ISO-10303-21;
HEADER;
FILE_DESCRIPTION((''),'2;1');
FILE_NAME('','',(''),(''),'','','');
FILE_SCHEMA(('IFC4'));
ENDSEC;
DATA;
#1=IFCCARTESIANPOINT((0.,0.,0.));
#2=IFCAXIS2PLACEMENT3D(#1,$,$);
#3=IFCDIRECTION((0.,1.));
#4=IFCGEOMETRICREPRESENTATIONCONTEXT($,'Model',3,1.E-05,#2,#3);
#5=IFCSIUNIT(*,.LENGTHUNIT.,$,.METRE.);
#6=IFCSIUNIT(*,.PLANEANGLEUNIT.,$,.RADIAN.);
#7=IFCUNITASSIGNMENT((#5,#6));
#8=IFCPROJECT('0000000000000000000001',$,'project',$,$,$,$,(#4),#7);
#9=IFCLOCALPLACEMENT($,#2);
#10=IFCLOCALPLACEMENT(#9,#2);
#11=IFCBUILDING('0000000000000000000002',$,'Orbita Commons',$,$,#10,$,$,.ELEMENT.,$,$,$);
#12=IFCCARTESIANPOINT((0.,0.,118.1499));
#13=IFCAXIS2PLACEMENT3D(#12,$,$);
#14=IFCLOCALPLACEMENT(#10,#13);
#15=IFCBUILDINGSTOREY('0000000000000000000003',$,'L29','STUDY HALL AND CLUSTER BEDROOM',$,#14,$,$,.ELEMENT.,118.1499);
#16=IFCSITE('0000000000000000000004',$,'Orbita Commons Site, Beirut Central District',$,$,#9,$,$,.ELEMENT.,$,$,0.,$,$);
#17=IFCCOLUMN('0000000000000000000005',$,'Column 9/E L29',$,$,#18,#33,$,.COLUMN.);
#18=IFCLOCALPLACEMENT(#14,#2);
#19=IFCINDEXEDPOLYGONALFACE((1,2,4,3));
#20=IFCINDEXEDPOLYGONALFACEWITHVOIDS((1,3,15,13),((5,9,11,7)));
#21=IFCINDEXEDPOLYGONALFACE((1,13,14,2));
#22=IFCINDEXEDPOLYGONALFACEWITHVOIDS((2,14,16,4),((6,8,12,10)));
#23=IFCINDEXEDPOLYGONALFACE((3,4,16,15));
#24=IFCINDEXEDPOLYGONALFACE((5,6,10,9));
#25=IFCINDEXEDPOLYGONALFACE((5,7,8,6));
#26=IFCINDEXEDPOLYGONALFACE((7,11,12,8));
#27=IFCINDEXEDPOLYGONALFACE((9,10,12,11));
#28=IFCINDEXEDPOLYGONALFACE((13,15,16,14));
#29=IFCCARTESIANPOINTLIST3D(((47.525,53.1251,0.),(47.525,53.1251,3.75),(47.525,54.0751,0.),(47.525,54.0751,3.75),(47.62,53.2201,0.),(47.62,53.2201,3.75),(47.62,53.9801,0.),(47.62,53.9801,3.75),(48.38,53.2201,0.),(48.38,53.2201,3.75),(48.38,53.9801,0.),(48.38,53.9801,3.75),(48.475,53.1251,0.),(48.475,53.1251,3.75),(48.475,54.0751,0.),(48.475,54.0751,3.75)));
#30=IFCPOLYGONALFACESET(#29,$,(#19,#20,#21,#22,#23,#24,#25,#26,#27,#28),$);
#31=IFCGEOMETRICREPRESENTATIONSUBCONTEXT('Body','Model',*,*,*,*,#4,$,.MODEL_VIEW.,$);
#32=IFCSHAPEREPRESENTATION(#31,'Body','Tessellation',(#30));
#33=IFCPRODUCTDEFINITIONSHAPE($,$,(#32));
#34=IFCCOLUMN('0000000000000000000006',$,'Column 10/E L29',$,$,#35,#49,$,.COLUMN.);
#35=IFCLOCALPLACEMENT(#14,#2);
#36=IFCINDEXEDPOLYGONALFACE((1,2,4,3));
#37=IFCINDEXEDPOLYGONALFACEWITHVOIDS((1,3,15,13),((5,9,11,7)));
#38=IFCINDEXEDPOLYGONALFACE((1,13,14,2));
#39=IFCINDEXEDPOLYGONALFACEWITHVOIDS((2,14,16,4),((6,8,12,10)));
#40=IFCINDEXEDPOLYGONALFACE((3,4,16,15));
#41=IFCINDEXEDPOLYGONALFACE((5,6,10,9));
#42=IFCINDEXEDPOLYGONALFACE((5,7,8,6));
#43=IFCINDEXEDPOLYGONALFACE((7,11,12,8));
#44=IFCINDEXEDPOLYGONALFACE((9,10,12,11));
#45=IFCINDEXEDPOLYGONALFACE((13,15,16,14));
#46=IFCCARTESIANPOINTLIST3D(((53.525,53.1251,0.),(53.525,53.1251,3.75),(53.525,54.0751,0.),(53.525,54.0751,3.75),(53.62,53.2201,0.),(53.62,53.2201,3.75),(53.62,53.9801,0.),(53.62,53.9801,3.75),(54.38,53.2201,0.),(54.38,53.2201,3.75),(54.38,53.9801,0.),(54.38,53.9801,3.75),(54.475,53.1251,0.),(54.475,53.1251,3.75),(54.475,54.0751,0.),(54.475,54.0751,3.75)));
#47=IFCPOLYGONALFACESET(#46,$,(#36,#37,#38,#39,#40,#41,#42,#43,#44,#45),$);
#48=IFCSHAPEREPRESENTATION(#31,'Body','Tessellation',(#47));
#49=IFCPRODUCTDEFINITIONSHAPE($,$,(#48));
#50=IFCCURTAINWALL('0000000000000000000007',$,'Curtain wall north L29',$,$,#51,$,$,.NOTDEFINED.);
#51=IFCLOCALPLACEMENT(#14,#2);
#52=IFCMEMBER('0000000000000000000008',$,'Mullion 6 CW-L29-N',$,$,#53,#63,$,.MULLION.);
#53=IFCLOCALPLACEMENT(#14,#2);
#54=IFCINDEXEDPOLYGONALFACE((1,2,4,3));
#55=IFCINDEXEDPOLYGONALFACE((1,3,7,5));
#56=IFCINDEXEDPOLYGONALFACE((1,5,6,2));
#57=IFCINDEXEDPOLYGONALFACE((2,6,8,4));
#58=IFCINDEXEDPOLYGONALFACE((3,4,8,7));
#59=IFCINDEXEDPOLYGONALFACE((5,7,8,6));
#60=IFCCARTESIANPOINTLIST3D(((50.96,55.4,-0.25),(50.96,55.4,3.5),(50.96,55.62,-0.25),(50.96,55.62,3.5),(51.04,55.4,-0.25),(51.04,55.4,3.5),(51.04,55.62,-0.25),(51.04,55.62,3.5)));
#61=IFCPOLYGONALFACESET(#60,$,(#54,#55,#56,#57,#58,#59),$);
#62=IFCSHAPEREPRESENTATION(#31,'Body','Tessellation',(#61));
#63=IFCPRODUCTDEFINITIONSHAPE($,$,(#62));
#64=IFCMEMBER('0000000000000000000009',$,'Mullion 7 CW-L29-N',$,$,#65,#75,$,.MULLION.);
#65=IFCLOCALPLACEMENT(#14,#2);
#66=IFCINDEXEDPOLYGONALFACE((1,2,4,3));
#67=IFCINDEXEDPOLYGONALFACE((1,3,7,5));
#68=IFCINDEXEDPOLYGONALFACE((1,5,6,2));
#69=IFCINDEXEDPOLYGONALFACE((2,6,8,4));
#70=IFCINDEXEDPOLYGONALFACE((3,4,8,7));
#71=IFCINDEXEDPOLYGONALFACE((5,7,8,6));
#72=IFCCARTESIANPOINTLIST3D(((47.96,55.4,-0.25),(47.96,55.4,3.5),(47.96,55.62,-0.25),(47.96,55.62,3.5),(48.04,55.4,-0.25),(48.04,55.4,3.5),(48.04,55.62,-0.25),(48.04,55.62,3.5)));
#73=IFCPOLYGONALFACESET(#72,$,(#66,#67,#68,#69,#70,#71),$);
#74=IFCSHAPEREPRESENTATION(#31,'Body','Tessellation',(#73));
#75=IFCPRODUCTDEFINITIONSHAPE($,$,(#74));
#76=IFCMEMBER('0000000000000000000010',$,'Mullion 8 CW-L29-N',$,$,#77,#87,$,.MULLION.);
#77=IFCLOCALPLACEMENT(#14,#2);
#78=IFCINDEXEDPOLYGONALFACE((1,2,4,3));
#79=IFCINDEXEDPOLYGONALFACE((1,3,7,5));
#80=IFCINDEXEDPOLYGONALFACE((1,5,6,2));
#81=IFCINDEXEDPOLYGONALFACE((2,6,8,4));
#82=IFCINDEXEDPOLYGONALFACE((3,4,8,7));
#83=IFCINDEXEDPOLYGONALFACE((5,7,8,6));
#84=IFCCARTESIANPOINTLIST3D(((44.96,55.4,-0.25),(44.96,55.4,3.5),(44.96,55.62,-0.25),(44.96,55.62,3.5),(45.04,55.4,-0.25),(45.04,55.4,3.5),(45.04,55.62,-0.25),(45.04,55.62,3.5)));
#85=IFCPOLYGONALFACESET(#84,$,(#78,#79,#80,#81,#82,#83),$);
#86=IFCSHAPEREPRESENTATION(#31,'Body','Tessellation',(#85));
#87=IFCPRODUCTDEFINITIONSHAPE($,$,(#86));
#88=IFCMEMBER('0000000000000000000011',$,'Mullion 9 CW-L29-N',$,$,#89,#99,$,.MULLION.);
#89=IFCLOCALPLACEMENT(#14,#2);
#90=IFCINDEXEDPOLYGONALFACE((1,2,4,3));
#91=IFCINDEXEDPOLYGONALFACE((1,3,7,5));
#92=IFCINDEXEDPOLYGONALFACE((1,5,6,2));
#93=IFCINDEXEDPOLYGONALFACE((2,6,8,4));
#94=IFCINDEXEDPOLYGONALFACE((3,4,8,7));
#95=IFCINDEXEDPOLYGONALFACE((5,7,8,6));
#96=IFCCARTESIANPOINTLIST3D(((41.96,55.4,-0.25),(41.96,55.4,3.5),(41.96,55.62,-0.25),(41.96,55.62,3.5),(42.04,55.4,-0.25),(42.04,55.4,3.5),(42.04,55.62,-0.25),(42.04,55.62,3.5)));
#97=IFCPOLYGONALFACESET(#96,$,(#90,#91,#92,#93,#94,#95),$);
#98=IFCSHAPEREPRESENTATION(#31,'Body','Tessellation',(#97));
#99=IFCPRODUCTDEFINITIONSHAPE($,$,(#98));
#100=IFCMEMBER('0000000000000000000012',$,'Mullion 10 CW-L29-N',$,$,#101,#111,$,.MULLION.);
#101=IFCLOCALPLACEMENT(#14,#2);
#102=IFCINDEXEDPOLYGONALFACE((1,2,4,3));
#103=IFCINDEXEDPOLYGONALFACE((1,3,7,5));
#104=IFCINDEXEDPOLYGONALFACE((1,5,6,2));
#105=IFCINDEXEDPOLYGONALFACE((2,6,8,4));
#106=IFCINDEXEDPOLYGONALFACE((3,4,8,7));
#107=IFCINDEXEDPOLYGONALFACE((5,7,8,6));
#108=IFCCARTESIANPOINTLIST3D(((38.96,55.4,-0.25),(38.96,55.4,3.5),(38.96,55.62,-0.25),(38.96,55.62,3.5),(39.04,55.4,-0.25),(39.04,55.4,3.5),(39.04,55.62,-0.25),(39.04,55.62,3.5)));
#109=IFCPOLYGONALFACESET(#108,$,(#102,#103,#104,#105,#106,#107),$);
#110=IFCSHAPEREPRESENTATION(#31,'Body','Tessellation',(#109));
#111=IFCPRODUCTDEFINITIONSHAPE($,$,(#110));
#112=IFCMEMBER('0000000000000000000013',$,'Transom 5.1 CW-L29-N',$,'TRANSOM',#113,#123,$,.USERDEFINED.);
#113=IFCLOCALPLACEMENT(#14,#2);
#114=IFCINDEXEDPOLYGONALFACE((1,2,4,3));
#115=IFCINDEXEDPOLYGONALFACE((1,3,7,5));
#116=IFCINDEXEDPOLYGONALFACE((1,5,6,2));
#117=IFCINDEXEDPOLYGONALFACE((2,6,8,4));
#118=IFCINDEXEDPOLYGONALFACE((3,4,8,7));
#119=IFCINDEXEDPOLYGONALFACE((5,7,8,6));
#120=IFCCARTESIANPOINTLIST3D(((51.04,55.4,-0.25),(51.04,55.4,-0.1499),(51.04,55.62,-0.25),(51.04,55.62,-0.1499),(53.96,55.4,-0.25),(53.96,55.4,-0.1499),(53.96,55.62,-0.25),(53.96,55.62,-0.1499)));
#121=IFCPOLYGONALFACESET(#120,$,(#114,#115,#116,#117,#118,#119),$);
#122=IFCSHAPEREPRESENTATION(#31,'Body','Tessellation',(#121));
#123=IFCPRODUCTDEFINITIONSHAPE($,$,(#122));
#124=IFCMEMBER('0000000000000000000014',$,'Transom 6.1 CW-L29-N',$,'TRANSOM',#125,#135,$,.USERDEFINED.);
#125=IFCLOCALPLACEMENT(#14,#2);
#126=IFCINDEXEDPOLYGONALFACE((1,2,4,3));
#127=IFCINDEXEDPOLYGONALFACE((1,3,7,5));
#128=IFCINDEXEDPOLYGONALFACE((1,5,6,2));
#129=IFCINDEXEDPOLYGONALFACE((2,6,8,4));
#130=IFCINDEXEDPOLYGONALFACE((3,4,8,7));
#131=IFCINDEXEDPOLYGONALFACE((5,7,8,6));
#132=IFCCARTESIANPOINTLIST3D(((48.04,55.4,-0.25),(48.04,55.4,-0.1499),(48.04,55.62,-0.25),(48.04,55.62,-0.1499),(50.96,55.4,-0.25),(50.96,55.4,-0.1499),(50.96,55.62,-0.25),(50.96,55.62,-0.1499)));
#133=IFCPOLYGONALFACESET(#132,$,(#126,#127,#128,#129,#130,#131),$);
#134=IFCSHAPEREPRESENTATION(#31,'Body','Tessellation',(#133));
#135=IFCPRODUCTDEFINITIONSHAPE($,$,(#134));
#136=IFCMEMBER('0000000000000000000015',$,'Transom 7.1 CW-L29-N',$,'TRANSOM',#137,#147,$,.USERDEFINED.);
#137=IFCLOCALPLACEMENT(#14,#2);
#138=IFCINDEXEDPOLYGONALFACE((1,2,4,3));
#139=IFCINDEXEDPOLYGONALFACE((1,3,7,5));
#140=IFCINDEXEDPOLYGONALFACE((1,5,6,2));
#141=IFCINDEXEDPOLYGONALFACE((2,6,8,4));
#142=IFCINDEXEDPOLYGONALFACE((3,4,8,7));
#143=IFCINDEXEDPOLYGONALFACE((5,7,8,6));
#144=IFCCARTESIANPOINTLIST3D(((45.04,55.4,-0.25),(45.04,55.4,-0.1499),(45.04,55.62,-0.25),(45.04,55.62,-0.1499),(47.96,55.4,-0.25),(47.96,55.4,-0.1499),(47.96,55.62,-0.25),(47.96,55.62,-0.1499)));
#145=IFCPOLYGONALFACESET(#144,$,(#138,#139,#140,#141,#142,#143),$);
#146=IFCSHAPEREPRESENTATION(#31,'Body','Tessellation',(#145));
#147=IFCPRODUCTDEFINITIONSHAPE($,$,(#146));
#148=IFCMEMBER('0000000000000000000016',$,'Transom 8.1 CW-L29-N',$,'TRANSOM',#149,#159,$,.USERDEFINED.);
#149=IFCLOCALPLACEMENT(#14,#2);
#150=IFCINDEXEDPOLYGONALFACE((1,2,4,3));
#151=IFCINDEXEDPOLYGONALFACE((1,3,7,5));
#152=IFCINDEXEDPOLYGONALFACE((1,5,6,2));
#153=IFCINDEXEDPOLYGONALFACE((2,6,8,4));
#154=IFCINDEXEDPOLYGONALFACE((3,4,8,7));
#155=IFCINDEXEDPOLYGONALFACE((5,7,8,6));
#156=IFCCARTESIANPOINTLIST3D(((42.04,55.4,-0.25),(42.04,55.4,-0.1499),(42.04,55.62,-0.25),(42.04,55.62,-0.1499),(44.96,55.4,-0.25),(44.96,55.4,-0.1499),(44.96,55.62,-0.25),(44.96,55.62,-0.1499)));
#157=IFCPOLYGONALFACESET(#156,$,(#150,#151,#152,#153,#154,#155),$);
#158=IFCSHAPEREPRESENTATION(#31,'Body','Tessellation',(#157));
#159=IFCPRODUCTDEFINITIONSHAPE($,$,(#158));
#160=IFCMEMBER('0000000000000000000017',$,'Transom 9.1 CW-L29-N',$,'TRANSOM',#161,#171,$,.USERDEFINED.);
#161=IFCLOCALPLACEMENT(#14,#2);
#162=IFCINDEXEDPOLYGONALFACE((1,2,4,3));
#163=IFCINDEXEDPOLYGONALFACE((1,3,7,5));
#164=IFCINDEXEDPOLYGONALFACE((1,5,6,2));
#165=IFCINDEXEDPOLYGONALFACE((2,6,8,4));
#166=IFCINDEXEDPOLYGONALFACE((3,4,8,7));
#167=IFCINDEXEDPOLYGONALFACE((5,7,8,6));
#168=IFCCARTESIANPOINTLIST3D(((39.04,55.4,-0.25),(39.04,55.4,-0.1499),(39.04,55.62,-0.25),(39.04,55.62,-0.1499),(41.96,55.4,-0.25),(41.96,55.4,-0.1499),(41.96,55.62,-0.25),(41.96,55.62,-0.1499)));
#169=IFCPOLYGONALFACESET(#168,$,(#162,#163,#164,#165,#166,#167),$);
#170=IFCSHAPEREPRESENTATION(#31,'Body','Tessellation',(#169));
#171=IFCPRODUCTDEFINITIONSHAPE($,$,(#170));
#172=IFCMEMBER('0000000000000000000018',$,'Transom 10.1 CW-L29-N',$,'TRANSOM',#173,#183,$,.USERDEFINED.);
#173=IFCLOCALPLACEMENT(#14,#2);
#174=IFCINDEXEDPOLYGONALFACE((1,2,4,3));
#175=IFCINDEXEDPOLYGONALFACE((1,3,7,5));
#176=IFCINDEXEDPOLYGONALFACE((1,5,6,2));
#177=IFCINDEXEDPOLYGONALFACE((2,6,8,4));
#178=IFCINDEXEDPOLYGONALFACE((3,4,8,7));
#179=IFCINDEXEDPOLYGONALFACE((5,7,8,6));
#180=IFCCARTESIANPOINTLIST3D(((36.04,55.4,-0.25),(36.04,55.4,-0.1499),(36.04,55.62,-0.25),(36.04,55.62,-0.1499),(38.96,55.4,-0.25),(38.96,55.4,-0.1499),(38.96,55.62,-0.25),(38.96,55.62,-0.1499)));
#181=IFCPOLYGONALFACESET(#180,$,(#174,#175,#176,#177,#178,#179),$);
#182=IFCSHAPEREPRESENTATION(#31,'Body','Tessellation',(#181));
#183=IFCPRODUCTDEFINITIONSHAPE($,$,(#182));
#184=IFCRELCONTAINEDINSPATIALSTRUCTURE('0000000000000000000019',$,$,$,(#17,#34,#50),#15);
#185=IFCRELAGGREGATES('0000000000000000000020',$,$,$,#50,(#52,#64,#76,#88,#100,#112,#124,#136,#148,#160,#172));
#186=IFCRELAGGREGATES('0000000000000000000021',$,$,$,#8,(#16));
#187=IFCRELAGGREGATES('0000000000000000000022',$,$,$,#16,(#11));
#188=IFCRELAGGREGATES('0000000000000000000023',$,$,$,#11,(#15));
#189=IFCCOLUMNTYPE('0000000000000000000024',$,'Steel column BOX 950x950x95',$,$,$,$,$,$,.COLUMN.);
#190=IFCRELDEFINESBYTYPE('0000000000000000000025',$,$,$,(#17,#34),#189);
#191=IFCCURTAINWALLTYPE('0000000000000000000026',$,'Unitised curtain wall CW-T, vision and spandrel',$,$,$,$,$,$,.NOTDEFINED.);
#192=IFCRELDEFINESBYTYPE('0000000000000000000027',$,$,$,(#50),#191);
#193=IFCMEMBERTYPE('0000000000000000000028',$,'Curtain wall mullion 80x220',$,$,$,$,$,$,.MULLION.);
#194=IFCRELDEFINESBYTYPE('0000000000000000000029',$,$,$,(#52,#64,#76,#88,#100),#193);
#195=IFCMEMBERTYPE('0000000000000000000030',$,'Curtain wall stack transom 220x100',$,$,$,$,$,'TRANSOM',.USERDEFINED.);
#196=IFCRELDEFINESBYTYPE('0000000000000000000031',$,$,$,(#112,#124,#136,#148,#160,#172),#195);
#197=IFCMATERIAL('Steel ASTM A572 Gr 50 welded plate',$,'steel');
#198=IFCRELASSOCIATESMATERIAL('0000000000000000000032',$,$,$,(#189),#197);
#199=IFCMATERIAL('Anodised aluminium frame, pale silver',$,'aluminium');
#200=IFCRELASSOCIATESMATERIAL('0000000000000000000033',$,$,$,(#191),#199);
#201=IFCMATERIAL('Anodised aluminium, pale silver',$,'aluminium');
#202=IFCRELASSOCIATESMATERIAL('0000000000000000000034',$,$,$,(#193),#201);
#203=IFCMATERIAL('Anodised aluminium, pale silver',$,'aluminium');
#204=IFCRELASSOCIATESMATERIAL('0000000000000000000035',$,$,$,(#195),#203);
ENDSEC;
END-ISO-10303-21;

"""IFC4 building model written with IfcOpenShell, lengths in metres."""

from ifc_helpers import new_model, si_unit, direction, frame, origin, origin_2d, place, context, subcontext, project, spatial, rectangle, hollow_rectangle, extrude, material, material_profile, profile_set, type_object, element, aggregate, save


model = new_model("IFC4")

# Units and contexts
model_context = context("Model", 3, precision=1e-05, world=origin(), true_north=direction((0.0, 1.0)))
body_context = subcontext(model_context, "Body", "Model", "MODEL_VIEW")
ifc_project = project(units=[si_unit("LENGTHUNIT", "METRE"), si_unit("PLANEANGLEUNIT", "RADIAN")], contexts=[model_context])

# Site, building, storey
site_placement = place(None, origin())
site = spatial("IfcSite", under=ifc_project, at=site_placement, Name="Orbita Commons Site, Beirut Central District", CompositionType="ELEMENT", RefElevation=0.0)
building_placement = place(site_placement, origin())
building = spatial("IfcBuilding", under=site, at=building_placement, Name="Orbita Commons", CompositionType="ELEMENT")
storey_placement = place(building_placement, frame((0.0, 0.0, 118.1499)))
storey = spatial("IfcBuildingStorey", under=building, at=storey_placement, Name="L29", Description="STUDY HALL AND CLUSTER BEDROOM", CompositionType="ELEMENT", Elevation=118.1499)

# Columns
ifc_material_1 = material(Name="Steel ASTM A572 Gr 50 welded plate", Category="steel")
ifc_material_profile_1 = material_profile(ifc_material_1, hollow_rectangle(XDim=0.95, YDim=0.95, WallThickness=0.095, at=origin_2d()), Name="BOX 950x950x95")
ifc_profile_set_1 = profile_set([ifc_material_profile_1], Name="Steel ASTM A572 Gr 50 welded plate")
column_type = type_object("IfcColumnType", Name="Steel column BOX 950x950x95", PredefinedType="COLUMN", material=ifc_profile_set_1)
for number, where, z_axis, x_axis, name in (
    (1, (48.0, 53.6001, 0.0), (0.0, 0.0, 1.0), (1.0, 0.0, 0.0), "Column 9/E L29"),
    (2, (54.0, 53.6001, 0.0), (0.0, 0.0, 1.0), (1.0, 0.0, 0.0), "Column 10/E L29"),
):
    element("IfcColumn", number, at=place(storey_placement, frame(where, z_axis=z_axis, x_axis=x_axis)), inside=storey, type_object=column_type, Name=name, PredefinedType="COLUMN", context=body_context, shape_type="SweptSolid", body=[
        extrude(hollow_rectangle(XDim=0.95, YDim=0.95, WallThickness=0.095, at=origin_2d()), origin(), (0.0, 0.0, 1.0), 3.75),
    ])

# Curtain wall, members
ifc_material_2 = material(Name="Anodised aluminium frame, pale silver", Category="aluminium")
curtain_wall_type = type_object("IfcCurtainWallType", Name="Unitised curtain wall CW-T, vision and spandrel", PredefinedType="NOTDEFINED", material=ifc_material_2)
curtain_wall_placement = place(storey_placement, origin())
curtain_wall = element("IfcCurtainWall", 3, at=curtain_wall_placement, inside=storey, type_object=curtain_wall_type, Name="Curtain wall north L29", PredefinedType="NOTDEFINED")
ifc_material_3 = material(Name="Anodised aluminium, pale silver", Category="aluminium")
ifc_material_profile_2 = material_profile(ifc_material_3, rectangle(XDim=0.0801, YDim=0.22, at=origin_2d()), Name="AL 80x220")
ifc_profile_set_2 = profile_set([ifc_material_profile_2], Name="Anodised aluminium, pale silver")
member_type_1 = type_object("IfcMemberType", Name="Curtain wall mullion 80x220", PredefinedType="MULLION", material=ifc_profile_set_2)
member_1_placement = place(storey_placement, frame((51.0, 55.51, -0.25), z_axis=(0.0, 0.0, 1.0), x_axis=(-1.0, 0.0, 0.0)))
member_1 = element("IfcMember", 4, at=member_1_placement, type_object=member_type_1, Name="Mullion 6 CW-L29-N", PredefinedType="MULLION", context=body_context, shape_type="SweptSolid", body=[
    extrude(rectangle(XDim=0.0801, YDim=0.22, at=origin_2d()), origin(), (0.0, 0.0, 1.0), 3.75),
])
member_2_placement = place(storey_placement, frame((48.0, 55.51, -0.25), z_axis=(0.0, 0.0, 1.0), x_axis=(-1.0, 0.0, 0.0)))
member_2 = element("IfcMember", 5, at=member_2_placement, type_object=member_type_1, Name="Mullion 7 CW-L29-N", PredefinedType="MULLION", context=body_context, shape_type="SweptSolid", body=[
    extrude(rectangle(XDim=0.0801, YDim=0.22, at=origin_2d()), origin(), (0.0, 0.0, 1.0), 3.75),
])
member_3_placement = place(storey_placement, frame((45.0, 55.51, -0.25), z_axis=(0.0, 0.0, 1.0), x_axis=(-1.0, 0.0, 0.0)))
member_3 = element("IfcMember", 6, at=member_3_placement, type_object=member_type_1, Name="Mullion 8 CW-L29-N", PredefinedType="MULLION", context=body_context, shape_type="SweptSolid", body=[
    extrude(rectangle(XDim=0.0801, YDim=0.22, at=origin_2d()), origin(), (0.0, 0.0, 1.0), 3.75),
])
member_4_placement = place(storey_placement, frame((42.0, 55.51, -0.25), z_axis=(0.0, 0.0, 1.0), x_axis=(-1.0, 0.0, 0.0)))
member_4 = element("IfcMember", 7, at=member_4_placement, type_object=member_type_1, Name="Mullion 9 CW-L29-N", PredefinedType="MULLION", context=body_context, shape_type="SweptSolid", body=[
    extrude(rectangle(XDim=0.0801, YDim=0.22, at=origin_2d()), origin(), (0.0, 0.0, 1.0), 3.75),
])
member_5_placement = place(storey_placement, frame((39.0, 55.51, -0.25), z_axis=(0.0, 0.0, 1.0), x_axis=(-1.0, 0.0, 0.0)))
member_5 = element("IfcMember", 8, at=member_5_placement, type_object=member_type_1, Name="Mullion 10 CW-L29-N", PredefinedType="MULLION", context=body_context, shape_type="SweptSolid", body=[
    extrude(rectangle(XDim=0.0801, YDim=0.22, at=origin_2d()), origin(), (0.0, 0.0, 1.0), 3.75),
])
ifc_material_4 = material(Name="Anodised aluminium, pale silver", Category="aluminium")
ifc_material_profile_3 = material_profile(ifc_material_4, rectangle(XDim=0.22, YDim=0.1001, at=origin_2d()), Name="AL 220x100")
ifc_profile_set_3 = profile_set([ifc_material_profile_3], Name="Anodised aluminium, pale silver")
member_type_2 = type_object("IfcMemberType", Name="Curtain wall stack transom 220x100", ElementType="TRANSOM", PredefinedType="USERDEFINED", material=ifc_profile_set_3)
member_6_placement = place(storey_placement, frame((53.96, 55.51, -0.2), z_axis=(-1.0, 0.0, 0.0), x_axis=(0.0, -1.0, 0.0)))
member_6 = element("IfcMember", 9, at=member_6_placement, type_object=member_type_2, Name="Transom 5.1 CW-L29-N", ObjectType="TRANSOM", PredefinedType="USERDEFINED", context=body_context, shape_type="SweptSolid", body=[
    extrude(rectangle(XDim=0.22, YDim=0.1001, at=origin_2d()), origin(), (0.0, 0.0, 1.0), 2.9199),
])
member_7_placement = place(storey_placement, frame((50.96, 55.51, -0.2), z_axis=(-1.0, 0.0, 0.0), x_axis=(0.0, -1.0, 0.0)))
member_7 = element("IfcMember", 10, at=member_7_placement, type_object=member_type_2, Name="Transom 6.1 CW-L29-N", ObjectType="TRANSOM", PredefinedType="USERDEFINED", context=body_context, shape_type="SweptSolid", body=[
    extrude(rectangle(XDim=0.22, YDim=0.1001, at=origin_2d()), origin(), (0.0, 0.0, 1.0), 2.9199),
])
member_8_placement = place(storey_placement, frame((47.96, 55.51, -0.2), z_axis=(-1.0, 0.0, 0.0), x_axis=(0.0, -1.0, 0.0)))
member_8 = element("IfcMember", 11, at=member_8_placement, type_object=member_type_2, Name="Transom 7.1 CW-L29-N", ObjectType="TRANSOM", PredefinedType="USERDEFINED", context=body_context, shape_type="SweptSolid", body=[
    extrude(rectangle(XDim=0.22, YDim=0.1001, at=origin_2d()), origin(), (0.0, 0.0, 1.0), 2.9199),
])
member_9_placement = place(storey_placement, frame((44.96, 55.51, -0.2), z_axis=(-1.0, 0.0, 0.0), x_axis=(0.0, -1.0, 0.0)))
member_9 = element("IfcMember", 12, at=member_9_placement, type_object=member_type_2, Name="Transom 8.1 CW-L29-N", ObjectType="TRANSOM", PredefinedType="USERDEFINED", context=body_context, shape_type="SweptSolid", body=[
    extrude(rectangle(XDim=0.22, YDim=0.1001, at=origin_2d()), origin(), (0.0, 0.0, 1.0), 2.9199),
])
member_10_placement = place(storey_placement, frame((41.96, 55.51, -0.2), z_axis=(-1.0, 0.0, 0.0), x_axis=(0.0, -1.0, 0.0)))
member_10 = element("IfcMember", 13, at=member_10_placement, type_object=member_type_2, Name="Transom 9.1 CW-L29-N", ObjectType="TRANSOM", PredefinedType="USERDEFINED", context=body_context, shape_type="SweptSolid", body=[
    extrude(rectangle(XDim=0.22, YDim=0.1001, at=origin_2d()), origin(), (0.0, 0.0, 1.0), 2.9199),
])
member_11_placement = place(storey_placement, frame((38.96, 55.51, -0.2), z_axis=(-1.0, 0.0, 0.0), x_axis=(0.0, -1.0, 0.0)))
member_11 = element("IfcMember", 14, at=member_11_placement, type_object=member_type_2, Name="Transom 10.1 CW-L29-N", ObjectType="TRANSOM", PredefinedType="USERDEFINED", context=body_context, shape_type="SweptSolid", body=[
    extrude(rectangle(XDim=0.22, YDim=0.1001, at=origin_2d()), origin(), (0.0, 0.0, 1.0), 2.9199),
])

aggregate(curtain_wall, [member_1, member_2, member_3, member_4, member_5, member_6, member_7, member_8, member_9, member_10, member_11])

save(model, "model.ifc")
